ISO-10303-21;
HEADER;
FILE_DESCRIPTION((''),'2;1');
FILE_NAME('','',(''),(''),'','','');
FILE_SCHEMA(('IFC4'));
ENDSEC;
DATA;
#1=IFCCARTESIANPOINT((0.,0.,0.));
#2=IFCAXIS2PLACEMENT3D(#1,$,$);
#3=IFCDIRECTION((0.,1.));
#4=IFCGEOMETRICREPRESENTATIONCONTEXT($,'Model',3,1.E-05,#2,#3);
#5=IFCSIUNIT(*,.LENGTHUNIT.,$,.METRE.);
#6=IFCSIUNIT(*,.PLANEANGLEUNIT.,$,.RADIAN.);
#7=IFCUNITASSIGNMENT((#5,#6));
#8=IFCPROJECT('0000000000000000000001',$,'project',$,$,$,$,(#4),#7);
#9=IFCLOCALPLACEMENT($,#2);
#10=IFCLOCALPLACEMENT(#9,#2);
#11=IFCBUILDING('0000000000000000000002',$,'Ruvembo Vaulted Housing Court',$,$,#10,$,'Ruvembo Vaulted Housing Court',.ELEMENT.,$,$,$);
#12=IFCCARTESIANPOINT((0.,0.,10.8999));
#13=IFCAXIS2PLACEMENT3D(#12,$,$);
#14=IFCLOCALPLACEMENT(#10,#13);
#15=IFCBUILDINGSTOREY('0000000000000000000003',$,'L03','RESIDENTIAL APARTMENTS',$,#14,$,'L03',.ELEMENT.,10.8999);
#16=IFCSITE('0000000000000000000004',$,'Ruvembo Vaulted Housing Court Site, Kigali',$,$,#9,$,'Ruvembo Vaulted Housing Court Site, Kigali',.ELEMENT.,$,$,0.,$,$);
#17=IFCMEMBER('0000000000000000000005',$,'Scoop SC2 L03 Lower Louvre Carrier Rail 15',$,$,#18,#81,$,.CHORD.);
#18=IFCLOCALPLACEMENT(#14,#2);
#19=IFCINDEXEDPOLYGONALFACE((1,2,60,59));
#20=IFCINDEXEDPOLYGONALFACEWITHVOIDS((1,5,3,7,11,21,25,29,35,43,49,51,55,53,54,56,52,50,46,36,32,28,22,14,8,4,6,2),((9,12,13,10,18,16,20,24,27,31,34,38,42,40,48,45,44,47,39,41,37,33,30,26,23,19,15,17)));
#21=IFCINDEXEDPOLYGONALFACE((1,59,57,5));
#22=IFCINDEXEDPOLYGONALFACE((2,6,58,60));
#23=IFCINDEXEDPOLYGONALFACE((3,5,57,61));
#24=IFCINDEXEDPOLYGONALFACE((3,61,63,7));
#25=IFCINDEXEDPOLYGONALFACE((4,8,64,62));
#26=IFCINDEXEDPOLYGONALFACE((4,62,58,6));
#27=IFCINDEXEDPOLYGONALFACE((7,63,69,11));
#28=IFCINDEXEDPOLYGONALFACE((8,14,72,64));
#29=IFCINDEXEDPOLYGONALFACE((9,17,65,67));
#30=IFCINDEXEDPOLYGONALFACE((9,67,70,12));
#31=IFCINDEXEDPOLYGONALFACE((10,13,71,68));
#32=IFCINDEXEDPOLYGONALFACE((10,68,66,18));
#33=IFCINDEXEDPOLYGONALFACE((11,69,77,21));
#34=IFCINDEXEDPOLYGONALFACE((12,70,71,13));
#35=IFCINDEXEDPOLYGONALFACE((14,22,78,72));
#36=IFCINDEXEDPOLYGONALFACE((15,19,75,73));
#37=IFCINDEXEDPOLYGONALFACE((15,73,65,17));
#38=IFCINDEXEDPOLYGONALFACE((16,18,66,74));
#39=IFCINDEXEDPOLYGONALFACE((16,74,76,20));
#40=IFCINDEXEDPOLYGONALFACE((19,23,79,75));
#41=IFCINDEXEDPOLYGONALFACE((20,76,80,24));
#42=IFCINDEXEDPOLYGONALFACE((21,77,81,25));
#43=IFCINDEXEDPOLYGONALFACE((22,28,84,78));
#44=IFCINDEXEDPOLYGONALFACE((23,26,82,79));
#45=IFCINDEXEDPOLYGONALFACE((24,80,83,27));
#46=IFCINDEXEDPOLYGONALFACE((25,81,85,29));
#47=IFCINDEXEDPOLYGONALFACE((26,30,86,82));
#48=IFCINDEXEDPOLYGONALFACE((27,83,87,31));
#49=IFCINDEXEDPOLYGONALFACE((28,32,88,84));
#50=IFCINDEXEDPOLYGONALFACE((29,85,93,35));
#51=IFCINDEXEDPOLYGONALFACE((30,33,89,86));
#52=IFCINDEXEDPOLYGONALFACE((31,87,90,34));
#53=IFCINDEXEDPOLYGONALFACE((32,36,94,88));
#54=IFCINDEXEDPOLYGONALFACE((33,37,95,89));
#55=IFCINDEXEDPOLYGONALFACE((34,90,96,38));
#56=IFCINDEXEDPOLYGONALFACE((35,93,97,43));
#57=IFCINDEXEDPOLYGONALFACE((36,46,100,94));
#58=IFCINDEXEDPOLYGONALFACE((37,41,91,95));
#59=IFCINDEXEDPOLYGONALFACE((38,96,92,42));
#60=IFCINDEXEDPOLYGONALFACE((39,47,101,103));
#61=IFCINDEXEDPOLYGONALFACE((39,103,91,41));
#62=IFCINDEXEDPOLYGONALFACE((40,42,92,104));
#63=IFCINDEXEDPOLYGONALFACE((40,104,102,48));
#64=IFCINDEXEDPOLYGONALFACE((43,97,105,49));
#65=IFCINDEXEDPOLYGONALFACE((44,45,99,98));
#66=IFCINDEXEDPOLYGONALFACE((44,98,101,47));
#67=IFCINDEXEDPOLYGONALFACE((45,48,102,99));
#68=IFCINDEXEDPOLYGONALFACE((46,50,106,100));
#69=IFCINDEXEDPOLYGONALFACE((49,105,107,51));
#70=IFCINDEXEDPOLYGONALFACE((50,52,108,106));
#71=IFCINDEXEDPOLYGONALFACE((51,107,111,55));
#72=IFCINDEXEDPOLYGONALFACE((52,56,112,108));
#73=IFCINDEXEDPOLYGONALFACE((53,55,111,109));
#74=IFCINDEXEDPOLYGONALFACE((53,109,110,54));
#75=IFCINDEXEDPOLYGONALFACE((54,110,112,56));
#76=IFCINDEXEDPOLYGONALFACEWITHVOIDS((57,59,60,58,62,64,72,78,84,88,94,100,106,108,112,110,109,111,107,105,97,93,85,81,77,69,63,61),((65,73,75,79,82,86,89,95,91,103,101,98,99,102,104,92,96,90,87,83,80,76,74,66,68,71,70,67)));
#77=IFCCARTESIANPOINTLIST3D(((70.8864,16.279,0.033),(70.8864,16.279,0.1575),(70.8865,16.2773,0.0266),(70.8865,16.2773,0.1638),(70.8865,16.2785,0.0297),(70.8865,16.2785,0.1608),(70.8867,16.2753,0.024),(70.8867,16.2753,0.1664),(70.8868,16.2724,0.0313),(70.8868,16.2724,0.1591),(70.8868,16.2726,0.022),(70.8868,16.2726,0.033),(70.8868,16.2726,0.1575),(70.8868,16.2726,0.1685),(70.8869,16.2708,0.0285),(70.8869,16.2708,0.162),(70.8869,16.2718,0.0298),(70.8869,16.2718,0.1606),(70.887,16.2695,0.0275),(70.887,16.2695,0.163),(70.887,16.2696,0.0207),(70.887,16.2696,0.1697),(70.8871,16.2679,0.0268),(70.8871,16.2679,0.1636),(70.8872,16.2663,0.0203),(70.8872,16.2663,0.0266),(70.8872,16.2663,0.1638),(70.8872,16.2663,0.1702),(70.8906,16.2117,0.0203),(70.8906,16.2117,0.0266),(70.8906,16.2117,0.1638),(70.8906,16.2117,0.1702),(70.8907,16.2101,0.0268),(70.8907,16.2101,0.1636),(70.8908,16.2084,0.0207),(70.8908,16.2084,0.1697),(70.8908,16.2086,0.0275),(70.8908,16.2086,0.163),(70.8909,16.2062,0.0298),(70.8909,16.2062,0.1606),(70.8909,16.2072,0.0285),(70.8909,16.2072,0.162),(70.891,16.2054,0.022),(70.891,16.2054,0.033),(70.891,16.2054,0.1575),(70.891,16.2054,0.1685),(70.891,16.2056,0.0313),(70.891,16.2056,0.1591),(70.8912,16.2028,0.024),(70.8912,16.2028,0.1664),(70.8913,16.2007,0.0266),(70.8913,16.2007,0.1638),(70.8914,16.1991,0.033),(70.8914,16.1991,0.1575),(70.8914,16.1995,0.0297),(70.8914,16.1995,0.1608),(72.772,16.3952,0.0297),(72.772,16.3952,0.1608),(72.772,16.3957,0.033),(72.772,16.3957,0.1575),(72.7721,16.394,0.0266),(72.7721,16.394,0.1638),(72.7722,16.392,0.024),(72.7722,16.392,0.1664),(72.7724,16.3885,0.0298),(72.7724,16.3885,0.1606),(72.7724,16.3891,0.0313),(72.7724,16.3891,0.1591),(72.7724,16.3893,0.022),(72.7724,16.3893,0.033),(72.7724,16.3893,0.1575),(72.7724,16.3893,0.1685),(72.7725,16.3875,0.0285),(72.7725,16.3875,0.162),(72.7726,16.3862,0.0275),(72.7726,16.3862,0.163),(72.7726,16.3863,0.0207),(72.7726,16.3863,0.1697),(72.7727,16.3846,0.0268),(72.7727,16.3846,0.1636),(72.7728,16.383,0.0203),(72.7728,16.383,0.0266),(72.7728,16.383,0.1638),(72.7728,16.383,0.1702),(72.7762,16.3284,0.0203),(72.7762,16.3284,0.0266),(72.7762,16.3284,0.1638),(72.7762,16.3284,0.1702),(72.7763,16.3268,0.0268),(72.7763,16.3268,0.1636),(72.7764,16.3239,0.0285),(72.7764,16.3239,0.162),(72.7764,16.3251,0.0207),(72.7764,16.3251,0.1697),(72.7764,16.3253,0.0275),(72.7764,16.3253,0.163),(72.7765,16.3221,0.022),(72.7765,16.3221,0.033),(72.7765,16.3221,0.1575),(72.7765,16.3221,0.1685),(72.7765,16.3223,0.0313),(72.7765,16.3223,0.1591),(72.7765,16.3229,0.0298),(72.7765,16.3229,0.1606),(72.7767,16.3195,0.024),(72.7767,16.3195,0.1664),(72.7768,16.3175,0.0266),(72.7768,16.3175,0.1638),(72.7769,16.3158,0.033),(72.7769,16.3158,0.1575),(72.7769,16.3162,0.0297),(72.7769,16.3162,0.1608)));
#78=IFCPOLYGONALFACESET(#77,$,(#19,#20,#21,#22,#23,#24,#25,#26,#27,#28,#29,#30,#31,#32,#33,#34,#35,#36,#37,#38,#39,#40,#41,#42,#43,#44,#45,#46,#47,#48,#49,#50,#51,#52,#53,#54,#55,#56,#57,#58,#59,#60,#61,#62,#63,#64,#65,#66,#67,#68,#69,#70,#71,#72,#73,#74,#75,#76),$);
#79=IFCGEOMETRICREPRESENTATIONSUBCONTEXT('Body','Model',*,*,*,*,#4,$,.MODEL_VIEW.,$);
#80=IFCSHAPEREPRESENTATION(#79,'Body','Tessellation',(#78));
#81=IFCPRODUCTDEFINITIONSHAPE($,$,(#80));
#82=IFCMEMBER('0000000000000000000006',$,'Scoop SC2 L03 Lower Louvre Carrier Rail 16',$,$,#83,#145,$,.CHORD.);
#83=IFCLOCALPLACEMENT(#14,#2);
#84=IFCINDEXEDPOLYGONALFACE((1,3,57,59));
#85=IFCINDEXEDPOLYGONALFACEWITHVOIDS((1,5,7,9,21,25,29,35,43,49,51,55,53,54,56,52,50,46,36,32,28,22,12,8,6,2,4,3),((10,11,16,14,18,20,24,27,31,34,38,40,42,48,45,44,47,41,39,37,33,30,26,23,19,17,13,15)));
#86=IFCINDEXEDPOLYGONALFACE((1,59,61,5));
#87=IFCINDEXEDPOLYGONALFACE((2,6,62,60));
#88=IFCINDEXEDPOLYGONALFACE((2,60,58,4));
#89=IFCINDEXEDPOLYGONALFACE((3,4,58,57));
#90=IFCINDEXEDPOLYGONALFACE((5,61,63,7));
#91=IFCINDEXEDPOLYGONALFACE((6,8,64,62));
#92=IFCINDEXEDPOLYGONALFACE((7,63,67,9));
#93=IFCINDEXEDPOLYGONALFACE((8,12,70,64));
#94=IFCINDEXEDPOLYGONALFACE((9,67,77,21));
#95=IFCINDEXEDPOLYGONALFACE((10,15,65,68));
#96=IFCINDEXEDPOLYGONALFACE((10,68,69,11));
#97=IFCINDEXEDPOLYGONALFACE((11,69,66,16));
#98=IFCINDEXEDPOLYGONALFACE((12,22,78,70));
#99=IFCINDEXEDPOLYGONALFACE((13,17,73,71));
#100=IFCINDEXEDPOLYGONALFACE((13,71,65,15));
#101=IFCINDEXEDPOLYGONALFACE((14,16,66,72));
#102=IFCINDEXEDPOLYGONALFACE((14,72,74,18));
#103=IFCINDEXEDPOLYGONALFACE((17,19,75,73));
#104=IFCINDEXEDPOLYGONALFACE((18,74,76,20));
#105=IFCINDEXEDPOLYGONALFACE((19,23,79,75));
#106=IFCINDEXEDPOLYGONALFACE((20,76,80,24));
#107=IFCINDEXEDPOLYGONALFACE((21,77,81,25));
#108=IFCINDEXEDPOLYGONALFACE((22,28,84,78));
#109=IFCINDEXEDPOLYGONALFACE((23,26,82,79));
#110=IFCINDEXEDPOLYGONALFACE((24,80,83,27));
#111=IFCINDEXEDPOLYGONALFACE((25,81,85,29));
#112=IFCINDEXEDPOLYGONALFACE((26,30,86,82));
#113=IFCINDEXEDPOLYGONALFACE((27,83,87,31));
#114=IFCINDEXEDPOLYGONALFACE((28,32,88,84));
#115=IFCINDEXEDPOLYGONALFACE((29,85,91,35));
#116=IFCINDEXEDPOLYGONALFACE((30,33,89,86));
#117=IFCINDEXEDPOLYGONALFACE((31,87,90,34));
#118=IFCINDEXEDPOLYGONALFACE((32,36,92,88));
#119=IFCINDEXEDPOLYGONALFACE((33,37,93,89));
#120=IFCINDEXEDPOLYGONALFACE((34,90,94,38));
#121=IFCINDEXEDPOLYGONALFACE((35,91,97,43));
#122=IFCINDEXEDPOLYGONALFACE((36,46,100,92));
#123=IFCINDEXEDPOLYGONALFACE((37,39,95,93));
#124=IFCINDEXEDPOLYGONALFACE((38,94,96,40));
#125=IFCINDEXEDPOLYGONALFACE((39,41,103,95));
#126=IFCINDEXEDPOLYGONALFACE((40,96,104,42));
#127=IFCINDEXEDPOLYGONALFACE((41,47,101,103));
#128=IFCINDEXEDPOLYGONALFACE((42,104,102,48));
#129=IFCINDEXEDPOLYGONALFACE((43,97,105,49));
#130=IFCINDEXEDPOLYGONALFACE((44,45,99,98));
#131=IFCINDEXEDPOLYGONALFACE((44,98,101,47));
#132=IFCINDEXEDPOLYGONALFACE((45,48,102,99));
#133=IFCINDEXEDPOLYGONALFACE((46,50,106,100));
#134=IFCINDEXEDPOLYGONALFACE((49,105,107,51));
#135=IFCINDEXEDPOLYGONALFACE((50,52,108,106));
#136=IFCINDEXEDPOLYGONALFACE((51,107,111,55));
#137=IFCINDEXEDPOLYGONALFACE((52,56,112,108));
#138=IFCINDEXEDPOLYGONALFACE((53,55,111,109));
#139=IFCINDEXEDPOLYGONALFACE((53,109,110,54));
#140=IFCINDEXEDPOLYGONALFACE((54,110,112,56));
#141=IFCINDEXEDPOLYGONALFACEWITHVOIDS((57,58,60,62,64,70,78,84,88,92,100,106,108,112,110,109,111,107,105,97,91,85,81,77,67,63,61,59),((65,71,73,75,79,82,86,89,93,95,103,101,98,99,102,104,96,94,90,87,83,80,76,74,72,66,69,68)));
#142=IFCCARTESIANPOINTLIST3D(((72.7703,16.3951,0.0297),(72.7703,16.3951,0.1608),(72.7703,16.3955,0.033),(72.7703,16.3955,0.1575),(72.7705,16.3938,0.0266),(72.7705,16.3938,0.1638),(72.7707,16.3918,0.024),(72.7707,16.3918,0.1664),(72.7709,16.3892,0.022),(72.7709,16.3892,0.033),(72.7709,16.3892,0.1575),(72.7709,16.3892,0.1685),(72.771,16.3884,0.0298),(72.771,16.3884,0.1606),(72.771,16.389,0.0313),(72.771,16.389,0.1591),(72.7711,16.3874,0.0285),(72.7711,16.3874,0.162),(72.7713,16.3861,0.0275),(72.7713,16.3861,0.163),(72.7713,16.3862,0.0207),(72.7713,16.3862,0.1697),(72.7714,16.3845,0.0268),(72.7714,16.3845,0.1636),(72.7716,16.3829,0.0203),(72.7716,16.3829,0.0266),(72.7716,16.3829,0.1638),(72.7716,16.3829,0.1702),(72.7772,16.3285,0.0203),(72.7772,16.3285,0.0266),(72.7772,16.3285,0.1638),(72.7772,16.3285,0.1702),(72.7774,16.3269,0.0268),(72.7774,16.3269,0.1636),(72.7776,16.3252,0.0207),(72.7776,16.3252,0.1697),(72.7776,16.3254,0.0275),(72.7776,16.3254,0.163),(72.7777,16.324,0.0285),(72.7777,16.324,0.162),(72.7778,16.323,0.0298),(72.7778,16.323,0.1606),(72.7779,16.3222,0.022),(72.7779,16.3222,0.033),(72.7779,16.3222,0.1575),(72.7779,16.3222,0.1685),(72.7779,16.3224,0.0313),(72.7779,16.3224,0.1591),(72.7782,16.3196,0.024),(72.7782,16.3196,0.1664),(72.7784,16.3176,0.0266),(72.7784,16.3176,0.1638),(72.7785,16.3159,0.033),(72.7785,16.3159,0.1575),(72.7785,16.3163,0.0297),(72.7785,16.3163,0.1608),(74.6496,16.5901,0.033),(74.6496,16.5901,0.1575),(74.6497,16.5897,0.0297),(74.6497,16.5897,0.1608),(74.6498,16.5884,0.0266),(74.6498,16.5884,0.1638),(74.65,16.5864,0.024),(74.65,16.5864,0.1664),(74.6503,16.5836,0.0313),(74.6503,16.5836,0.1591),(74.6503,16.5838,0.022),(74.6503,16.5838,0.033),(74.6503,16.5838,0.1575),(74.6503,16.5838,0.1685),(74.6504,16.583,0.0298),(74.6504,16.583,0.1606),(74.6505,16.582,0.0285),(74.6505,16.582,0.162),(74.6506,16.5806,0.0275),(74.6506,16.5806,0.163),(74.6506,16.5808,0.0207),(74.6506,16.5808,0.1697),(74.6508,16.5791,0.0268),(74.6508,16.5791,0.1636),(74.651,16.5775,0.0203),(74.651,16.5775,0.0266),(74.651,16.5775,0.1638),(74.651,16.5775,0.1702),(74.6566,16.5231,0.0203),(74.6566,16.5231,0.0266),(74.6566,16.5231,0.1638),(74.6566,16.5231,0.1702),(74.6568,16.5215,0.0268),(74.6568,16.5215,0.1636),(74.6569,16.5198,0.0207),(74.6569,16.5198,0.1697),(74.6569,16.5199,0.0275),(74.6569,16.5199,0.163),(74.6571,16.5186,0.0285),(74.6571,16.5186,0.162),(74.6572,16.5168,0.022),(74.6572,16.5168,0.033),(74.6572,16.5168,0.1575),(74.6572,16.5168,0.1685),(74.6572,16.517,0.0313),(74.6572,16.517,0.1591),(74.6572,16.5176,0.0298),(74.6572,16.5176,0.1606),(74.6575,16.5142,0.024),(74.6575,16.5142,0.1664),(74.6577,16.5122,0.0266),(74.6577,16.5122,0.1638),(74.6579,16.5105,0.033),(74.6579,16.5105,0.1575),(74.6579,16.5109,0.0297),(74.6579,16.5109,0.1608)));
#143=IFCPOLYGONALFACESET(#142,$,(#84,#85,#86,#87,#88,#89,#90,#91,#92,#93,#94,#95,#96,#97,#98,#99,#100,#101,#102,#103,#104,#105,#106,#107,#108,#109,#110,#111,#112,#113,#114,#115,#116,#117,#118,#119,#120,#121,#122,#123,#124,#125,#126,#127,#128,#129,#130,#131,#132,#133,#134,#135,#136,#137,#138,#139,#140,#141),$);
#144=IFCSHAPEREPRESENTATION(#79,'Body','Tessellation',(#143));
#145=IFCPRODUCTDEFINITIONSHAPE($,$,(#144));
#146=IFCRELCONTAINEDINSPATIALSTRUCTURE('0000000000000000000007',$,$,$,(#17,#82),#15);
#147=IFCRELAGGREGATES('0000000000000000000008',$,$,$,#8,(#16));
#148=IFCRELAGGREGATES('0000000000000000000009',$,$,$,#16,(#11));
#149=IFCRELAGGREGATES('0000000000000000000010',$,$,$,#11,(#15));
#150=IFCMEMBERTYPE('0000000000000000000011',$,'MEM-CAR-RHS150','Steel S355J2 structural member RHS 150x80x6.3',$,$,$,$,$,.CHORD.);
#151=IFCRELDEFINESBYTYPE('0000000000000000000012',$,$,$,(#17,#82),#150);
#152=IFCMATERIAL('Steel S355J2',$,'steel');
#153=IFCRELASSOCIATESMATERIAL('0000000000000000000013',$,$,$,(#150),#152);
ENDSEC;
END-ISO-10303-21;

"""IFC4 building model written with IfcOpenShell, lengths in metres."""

from ifc_helpers import new_model, si_unit, direction, frame, origin, origin_2d, place, context, subcontext, project, spatial, hollow_rectangle, extrude, material, material_profile, profile_set, type_object, element, save


model = new_model("IFC4")

# Units and contexts
model_context = context("Model", 3, precision=1e-05, world=origin(), true_north=direction((0.0, 1.0)))
body_context = subcontext(model_context, "Body", "Model", "MODEL_VIEW")
ifc_project = project(units=[si_unit("LENGTHUNIT", "METRE"), si_unit("PLANEANGLEUNIT", "RADIAN")], contexts=[model_context])

# Site, building, storey
site_placement = place(None, origin())
site = spatial("IfcSite", under=ifc_project, at=site_placement, Name="Ruvembo Vaulted Housing Court Site, Kigali", LongName="Ruvembo Vaulted Housing Court Site, Kigali", CompositionType="ELEMENT", RefElevation=0.0)
building_placement = place(site_placement, origin())
building = spatial("IfcBuilding", under=site, at=building_placement, Name="Ruvembo Vaulted Housing Court", LongName="Ruvembo Vaulted Housing Court", CompositionType="ELEMENT")
storey_placement = place(building_placement, frame((0.0, 0.0, 10.8999)))
storey = spatial("IfcBuildingStorey", under=building, at=storey_placement, Name="L03", Description="RESIDENTIAL APARTMENTS", LongName="L03", CompositionType="ELEMENT", Elevation=10.8999)

# Shared definitions
ifc_material_1 = material(Name="Steel S355J2", Category="steel")

# Members
ifc_material_profile_1 = material_profile(ifc_material_1, hollow_rectangle(XDim=0.0801, YDim=0.1499, WallThickness=0.0063, InnerFilletRadius=0.0063, OuterFilletRadius=0.0127, at=origin_2d()), Name="RHS 150x80x6.3")
ifc_profile_set_1 = profile_set([ifc_material_profile_1], Name="Steel S355J2")
member_type_1 = type_object("IfcMemberType", Name="MEM-CAR-RHS150", Description="Steel S355J2 structural member RHS 150x80x6.3", PredefinedType="CHORD", material=ifc_profile_set_1)
member_1_placement = place(storey_placement, frame((70.8889, 16.239, 0.0952), z_axis=(0.99809, 0.061775, 0.0), x_axis=(-0.061775, 0.99809, 0.0)))
element("IfcMember", 1, at=member_1_placement, inside=storey, type_object=member_type_1, Name="Scoop SC2 L03 Lower Louvre Carrier Rail 15", PredefinedType="CHORD", context=body_context, shape_type="SweptSolid", body=[
    extrude(hollow_rectangle(XDim=0.0801, YDim=0.1499, WallThickness=0.0063, InnerFilletRadius=0.0063, OuterFilletRadius=0.0127, at=origin_2d()), origin(), (0.0, 0.0, 1.0), 1.8892),
])
member_2_placement = place(storey_placement, frame((72.7744, 16.3557, 0.0952), z_axis=(0.994683, 0.102983, 0.0), x_axis=(-0.102983, 0.994683, 0.0)))
element("IfcMember", 2, at=member_2_placement, inside=storey, type_object=member_type_1, Name="Scoop SC2 L03 Lower Louvre Carrier Rail 16", PredefinedType="CHORD", context=body_context, shape_type="SweptSolid", body=[
    extrude(hollow_rectangle(XDim=0.0801, YDim=0.1499, WallThickness=0.0063, InnerFilletRadius=0.0063, OuterFilletRadius=0.0127, at=origin_2d()), origin(), (0.0, 0.0, 1.0), 1.8894),
])

save(model, "model.ifc")
